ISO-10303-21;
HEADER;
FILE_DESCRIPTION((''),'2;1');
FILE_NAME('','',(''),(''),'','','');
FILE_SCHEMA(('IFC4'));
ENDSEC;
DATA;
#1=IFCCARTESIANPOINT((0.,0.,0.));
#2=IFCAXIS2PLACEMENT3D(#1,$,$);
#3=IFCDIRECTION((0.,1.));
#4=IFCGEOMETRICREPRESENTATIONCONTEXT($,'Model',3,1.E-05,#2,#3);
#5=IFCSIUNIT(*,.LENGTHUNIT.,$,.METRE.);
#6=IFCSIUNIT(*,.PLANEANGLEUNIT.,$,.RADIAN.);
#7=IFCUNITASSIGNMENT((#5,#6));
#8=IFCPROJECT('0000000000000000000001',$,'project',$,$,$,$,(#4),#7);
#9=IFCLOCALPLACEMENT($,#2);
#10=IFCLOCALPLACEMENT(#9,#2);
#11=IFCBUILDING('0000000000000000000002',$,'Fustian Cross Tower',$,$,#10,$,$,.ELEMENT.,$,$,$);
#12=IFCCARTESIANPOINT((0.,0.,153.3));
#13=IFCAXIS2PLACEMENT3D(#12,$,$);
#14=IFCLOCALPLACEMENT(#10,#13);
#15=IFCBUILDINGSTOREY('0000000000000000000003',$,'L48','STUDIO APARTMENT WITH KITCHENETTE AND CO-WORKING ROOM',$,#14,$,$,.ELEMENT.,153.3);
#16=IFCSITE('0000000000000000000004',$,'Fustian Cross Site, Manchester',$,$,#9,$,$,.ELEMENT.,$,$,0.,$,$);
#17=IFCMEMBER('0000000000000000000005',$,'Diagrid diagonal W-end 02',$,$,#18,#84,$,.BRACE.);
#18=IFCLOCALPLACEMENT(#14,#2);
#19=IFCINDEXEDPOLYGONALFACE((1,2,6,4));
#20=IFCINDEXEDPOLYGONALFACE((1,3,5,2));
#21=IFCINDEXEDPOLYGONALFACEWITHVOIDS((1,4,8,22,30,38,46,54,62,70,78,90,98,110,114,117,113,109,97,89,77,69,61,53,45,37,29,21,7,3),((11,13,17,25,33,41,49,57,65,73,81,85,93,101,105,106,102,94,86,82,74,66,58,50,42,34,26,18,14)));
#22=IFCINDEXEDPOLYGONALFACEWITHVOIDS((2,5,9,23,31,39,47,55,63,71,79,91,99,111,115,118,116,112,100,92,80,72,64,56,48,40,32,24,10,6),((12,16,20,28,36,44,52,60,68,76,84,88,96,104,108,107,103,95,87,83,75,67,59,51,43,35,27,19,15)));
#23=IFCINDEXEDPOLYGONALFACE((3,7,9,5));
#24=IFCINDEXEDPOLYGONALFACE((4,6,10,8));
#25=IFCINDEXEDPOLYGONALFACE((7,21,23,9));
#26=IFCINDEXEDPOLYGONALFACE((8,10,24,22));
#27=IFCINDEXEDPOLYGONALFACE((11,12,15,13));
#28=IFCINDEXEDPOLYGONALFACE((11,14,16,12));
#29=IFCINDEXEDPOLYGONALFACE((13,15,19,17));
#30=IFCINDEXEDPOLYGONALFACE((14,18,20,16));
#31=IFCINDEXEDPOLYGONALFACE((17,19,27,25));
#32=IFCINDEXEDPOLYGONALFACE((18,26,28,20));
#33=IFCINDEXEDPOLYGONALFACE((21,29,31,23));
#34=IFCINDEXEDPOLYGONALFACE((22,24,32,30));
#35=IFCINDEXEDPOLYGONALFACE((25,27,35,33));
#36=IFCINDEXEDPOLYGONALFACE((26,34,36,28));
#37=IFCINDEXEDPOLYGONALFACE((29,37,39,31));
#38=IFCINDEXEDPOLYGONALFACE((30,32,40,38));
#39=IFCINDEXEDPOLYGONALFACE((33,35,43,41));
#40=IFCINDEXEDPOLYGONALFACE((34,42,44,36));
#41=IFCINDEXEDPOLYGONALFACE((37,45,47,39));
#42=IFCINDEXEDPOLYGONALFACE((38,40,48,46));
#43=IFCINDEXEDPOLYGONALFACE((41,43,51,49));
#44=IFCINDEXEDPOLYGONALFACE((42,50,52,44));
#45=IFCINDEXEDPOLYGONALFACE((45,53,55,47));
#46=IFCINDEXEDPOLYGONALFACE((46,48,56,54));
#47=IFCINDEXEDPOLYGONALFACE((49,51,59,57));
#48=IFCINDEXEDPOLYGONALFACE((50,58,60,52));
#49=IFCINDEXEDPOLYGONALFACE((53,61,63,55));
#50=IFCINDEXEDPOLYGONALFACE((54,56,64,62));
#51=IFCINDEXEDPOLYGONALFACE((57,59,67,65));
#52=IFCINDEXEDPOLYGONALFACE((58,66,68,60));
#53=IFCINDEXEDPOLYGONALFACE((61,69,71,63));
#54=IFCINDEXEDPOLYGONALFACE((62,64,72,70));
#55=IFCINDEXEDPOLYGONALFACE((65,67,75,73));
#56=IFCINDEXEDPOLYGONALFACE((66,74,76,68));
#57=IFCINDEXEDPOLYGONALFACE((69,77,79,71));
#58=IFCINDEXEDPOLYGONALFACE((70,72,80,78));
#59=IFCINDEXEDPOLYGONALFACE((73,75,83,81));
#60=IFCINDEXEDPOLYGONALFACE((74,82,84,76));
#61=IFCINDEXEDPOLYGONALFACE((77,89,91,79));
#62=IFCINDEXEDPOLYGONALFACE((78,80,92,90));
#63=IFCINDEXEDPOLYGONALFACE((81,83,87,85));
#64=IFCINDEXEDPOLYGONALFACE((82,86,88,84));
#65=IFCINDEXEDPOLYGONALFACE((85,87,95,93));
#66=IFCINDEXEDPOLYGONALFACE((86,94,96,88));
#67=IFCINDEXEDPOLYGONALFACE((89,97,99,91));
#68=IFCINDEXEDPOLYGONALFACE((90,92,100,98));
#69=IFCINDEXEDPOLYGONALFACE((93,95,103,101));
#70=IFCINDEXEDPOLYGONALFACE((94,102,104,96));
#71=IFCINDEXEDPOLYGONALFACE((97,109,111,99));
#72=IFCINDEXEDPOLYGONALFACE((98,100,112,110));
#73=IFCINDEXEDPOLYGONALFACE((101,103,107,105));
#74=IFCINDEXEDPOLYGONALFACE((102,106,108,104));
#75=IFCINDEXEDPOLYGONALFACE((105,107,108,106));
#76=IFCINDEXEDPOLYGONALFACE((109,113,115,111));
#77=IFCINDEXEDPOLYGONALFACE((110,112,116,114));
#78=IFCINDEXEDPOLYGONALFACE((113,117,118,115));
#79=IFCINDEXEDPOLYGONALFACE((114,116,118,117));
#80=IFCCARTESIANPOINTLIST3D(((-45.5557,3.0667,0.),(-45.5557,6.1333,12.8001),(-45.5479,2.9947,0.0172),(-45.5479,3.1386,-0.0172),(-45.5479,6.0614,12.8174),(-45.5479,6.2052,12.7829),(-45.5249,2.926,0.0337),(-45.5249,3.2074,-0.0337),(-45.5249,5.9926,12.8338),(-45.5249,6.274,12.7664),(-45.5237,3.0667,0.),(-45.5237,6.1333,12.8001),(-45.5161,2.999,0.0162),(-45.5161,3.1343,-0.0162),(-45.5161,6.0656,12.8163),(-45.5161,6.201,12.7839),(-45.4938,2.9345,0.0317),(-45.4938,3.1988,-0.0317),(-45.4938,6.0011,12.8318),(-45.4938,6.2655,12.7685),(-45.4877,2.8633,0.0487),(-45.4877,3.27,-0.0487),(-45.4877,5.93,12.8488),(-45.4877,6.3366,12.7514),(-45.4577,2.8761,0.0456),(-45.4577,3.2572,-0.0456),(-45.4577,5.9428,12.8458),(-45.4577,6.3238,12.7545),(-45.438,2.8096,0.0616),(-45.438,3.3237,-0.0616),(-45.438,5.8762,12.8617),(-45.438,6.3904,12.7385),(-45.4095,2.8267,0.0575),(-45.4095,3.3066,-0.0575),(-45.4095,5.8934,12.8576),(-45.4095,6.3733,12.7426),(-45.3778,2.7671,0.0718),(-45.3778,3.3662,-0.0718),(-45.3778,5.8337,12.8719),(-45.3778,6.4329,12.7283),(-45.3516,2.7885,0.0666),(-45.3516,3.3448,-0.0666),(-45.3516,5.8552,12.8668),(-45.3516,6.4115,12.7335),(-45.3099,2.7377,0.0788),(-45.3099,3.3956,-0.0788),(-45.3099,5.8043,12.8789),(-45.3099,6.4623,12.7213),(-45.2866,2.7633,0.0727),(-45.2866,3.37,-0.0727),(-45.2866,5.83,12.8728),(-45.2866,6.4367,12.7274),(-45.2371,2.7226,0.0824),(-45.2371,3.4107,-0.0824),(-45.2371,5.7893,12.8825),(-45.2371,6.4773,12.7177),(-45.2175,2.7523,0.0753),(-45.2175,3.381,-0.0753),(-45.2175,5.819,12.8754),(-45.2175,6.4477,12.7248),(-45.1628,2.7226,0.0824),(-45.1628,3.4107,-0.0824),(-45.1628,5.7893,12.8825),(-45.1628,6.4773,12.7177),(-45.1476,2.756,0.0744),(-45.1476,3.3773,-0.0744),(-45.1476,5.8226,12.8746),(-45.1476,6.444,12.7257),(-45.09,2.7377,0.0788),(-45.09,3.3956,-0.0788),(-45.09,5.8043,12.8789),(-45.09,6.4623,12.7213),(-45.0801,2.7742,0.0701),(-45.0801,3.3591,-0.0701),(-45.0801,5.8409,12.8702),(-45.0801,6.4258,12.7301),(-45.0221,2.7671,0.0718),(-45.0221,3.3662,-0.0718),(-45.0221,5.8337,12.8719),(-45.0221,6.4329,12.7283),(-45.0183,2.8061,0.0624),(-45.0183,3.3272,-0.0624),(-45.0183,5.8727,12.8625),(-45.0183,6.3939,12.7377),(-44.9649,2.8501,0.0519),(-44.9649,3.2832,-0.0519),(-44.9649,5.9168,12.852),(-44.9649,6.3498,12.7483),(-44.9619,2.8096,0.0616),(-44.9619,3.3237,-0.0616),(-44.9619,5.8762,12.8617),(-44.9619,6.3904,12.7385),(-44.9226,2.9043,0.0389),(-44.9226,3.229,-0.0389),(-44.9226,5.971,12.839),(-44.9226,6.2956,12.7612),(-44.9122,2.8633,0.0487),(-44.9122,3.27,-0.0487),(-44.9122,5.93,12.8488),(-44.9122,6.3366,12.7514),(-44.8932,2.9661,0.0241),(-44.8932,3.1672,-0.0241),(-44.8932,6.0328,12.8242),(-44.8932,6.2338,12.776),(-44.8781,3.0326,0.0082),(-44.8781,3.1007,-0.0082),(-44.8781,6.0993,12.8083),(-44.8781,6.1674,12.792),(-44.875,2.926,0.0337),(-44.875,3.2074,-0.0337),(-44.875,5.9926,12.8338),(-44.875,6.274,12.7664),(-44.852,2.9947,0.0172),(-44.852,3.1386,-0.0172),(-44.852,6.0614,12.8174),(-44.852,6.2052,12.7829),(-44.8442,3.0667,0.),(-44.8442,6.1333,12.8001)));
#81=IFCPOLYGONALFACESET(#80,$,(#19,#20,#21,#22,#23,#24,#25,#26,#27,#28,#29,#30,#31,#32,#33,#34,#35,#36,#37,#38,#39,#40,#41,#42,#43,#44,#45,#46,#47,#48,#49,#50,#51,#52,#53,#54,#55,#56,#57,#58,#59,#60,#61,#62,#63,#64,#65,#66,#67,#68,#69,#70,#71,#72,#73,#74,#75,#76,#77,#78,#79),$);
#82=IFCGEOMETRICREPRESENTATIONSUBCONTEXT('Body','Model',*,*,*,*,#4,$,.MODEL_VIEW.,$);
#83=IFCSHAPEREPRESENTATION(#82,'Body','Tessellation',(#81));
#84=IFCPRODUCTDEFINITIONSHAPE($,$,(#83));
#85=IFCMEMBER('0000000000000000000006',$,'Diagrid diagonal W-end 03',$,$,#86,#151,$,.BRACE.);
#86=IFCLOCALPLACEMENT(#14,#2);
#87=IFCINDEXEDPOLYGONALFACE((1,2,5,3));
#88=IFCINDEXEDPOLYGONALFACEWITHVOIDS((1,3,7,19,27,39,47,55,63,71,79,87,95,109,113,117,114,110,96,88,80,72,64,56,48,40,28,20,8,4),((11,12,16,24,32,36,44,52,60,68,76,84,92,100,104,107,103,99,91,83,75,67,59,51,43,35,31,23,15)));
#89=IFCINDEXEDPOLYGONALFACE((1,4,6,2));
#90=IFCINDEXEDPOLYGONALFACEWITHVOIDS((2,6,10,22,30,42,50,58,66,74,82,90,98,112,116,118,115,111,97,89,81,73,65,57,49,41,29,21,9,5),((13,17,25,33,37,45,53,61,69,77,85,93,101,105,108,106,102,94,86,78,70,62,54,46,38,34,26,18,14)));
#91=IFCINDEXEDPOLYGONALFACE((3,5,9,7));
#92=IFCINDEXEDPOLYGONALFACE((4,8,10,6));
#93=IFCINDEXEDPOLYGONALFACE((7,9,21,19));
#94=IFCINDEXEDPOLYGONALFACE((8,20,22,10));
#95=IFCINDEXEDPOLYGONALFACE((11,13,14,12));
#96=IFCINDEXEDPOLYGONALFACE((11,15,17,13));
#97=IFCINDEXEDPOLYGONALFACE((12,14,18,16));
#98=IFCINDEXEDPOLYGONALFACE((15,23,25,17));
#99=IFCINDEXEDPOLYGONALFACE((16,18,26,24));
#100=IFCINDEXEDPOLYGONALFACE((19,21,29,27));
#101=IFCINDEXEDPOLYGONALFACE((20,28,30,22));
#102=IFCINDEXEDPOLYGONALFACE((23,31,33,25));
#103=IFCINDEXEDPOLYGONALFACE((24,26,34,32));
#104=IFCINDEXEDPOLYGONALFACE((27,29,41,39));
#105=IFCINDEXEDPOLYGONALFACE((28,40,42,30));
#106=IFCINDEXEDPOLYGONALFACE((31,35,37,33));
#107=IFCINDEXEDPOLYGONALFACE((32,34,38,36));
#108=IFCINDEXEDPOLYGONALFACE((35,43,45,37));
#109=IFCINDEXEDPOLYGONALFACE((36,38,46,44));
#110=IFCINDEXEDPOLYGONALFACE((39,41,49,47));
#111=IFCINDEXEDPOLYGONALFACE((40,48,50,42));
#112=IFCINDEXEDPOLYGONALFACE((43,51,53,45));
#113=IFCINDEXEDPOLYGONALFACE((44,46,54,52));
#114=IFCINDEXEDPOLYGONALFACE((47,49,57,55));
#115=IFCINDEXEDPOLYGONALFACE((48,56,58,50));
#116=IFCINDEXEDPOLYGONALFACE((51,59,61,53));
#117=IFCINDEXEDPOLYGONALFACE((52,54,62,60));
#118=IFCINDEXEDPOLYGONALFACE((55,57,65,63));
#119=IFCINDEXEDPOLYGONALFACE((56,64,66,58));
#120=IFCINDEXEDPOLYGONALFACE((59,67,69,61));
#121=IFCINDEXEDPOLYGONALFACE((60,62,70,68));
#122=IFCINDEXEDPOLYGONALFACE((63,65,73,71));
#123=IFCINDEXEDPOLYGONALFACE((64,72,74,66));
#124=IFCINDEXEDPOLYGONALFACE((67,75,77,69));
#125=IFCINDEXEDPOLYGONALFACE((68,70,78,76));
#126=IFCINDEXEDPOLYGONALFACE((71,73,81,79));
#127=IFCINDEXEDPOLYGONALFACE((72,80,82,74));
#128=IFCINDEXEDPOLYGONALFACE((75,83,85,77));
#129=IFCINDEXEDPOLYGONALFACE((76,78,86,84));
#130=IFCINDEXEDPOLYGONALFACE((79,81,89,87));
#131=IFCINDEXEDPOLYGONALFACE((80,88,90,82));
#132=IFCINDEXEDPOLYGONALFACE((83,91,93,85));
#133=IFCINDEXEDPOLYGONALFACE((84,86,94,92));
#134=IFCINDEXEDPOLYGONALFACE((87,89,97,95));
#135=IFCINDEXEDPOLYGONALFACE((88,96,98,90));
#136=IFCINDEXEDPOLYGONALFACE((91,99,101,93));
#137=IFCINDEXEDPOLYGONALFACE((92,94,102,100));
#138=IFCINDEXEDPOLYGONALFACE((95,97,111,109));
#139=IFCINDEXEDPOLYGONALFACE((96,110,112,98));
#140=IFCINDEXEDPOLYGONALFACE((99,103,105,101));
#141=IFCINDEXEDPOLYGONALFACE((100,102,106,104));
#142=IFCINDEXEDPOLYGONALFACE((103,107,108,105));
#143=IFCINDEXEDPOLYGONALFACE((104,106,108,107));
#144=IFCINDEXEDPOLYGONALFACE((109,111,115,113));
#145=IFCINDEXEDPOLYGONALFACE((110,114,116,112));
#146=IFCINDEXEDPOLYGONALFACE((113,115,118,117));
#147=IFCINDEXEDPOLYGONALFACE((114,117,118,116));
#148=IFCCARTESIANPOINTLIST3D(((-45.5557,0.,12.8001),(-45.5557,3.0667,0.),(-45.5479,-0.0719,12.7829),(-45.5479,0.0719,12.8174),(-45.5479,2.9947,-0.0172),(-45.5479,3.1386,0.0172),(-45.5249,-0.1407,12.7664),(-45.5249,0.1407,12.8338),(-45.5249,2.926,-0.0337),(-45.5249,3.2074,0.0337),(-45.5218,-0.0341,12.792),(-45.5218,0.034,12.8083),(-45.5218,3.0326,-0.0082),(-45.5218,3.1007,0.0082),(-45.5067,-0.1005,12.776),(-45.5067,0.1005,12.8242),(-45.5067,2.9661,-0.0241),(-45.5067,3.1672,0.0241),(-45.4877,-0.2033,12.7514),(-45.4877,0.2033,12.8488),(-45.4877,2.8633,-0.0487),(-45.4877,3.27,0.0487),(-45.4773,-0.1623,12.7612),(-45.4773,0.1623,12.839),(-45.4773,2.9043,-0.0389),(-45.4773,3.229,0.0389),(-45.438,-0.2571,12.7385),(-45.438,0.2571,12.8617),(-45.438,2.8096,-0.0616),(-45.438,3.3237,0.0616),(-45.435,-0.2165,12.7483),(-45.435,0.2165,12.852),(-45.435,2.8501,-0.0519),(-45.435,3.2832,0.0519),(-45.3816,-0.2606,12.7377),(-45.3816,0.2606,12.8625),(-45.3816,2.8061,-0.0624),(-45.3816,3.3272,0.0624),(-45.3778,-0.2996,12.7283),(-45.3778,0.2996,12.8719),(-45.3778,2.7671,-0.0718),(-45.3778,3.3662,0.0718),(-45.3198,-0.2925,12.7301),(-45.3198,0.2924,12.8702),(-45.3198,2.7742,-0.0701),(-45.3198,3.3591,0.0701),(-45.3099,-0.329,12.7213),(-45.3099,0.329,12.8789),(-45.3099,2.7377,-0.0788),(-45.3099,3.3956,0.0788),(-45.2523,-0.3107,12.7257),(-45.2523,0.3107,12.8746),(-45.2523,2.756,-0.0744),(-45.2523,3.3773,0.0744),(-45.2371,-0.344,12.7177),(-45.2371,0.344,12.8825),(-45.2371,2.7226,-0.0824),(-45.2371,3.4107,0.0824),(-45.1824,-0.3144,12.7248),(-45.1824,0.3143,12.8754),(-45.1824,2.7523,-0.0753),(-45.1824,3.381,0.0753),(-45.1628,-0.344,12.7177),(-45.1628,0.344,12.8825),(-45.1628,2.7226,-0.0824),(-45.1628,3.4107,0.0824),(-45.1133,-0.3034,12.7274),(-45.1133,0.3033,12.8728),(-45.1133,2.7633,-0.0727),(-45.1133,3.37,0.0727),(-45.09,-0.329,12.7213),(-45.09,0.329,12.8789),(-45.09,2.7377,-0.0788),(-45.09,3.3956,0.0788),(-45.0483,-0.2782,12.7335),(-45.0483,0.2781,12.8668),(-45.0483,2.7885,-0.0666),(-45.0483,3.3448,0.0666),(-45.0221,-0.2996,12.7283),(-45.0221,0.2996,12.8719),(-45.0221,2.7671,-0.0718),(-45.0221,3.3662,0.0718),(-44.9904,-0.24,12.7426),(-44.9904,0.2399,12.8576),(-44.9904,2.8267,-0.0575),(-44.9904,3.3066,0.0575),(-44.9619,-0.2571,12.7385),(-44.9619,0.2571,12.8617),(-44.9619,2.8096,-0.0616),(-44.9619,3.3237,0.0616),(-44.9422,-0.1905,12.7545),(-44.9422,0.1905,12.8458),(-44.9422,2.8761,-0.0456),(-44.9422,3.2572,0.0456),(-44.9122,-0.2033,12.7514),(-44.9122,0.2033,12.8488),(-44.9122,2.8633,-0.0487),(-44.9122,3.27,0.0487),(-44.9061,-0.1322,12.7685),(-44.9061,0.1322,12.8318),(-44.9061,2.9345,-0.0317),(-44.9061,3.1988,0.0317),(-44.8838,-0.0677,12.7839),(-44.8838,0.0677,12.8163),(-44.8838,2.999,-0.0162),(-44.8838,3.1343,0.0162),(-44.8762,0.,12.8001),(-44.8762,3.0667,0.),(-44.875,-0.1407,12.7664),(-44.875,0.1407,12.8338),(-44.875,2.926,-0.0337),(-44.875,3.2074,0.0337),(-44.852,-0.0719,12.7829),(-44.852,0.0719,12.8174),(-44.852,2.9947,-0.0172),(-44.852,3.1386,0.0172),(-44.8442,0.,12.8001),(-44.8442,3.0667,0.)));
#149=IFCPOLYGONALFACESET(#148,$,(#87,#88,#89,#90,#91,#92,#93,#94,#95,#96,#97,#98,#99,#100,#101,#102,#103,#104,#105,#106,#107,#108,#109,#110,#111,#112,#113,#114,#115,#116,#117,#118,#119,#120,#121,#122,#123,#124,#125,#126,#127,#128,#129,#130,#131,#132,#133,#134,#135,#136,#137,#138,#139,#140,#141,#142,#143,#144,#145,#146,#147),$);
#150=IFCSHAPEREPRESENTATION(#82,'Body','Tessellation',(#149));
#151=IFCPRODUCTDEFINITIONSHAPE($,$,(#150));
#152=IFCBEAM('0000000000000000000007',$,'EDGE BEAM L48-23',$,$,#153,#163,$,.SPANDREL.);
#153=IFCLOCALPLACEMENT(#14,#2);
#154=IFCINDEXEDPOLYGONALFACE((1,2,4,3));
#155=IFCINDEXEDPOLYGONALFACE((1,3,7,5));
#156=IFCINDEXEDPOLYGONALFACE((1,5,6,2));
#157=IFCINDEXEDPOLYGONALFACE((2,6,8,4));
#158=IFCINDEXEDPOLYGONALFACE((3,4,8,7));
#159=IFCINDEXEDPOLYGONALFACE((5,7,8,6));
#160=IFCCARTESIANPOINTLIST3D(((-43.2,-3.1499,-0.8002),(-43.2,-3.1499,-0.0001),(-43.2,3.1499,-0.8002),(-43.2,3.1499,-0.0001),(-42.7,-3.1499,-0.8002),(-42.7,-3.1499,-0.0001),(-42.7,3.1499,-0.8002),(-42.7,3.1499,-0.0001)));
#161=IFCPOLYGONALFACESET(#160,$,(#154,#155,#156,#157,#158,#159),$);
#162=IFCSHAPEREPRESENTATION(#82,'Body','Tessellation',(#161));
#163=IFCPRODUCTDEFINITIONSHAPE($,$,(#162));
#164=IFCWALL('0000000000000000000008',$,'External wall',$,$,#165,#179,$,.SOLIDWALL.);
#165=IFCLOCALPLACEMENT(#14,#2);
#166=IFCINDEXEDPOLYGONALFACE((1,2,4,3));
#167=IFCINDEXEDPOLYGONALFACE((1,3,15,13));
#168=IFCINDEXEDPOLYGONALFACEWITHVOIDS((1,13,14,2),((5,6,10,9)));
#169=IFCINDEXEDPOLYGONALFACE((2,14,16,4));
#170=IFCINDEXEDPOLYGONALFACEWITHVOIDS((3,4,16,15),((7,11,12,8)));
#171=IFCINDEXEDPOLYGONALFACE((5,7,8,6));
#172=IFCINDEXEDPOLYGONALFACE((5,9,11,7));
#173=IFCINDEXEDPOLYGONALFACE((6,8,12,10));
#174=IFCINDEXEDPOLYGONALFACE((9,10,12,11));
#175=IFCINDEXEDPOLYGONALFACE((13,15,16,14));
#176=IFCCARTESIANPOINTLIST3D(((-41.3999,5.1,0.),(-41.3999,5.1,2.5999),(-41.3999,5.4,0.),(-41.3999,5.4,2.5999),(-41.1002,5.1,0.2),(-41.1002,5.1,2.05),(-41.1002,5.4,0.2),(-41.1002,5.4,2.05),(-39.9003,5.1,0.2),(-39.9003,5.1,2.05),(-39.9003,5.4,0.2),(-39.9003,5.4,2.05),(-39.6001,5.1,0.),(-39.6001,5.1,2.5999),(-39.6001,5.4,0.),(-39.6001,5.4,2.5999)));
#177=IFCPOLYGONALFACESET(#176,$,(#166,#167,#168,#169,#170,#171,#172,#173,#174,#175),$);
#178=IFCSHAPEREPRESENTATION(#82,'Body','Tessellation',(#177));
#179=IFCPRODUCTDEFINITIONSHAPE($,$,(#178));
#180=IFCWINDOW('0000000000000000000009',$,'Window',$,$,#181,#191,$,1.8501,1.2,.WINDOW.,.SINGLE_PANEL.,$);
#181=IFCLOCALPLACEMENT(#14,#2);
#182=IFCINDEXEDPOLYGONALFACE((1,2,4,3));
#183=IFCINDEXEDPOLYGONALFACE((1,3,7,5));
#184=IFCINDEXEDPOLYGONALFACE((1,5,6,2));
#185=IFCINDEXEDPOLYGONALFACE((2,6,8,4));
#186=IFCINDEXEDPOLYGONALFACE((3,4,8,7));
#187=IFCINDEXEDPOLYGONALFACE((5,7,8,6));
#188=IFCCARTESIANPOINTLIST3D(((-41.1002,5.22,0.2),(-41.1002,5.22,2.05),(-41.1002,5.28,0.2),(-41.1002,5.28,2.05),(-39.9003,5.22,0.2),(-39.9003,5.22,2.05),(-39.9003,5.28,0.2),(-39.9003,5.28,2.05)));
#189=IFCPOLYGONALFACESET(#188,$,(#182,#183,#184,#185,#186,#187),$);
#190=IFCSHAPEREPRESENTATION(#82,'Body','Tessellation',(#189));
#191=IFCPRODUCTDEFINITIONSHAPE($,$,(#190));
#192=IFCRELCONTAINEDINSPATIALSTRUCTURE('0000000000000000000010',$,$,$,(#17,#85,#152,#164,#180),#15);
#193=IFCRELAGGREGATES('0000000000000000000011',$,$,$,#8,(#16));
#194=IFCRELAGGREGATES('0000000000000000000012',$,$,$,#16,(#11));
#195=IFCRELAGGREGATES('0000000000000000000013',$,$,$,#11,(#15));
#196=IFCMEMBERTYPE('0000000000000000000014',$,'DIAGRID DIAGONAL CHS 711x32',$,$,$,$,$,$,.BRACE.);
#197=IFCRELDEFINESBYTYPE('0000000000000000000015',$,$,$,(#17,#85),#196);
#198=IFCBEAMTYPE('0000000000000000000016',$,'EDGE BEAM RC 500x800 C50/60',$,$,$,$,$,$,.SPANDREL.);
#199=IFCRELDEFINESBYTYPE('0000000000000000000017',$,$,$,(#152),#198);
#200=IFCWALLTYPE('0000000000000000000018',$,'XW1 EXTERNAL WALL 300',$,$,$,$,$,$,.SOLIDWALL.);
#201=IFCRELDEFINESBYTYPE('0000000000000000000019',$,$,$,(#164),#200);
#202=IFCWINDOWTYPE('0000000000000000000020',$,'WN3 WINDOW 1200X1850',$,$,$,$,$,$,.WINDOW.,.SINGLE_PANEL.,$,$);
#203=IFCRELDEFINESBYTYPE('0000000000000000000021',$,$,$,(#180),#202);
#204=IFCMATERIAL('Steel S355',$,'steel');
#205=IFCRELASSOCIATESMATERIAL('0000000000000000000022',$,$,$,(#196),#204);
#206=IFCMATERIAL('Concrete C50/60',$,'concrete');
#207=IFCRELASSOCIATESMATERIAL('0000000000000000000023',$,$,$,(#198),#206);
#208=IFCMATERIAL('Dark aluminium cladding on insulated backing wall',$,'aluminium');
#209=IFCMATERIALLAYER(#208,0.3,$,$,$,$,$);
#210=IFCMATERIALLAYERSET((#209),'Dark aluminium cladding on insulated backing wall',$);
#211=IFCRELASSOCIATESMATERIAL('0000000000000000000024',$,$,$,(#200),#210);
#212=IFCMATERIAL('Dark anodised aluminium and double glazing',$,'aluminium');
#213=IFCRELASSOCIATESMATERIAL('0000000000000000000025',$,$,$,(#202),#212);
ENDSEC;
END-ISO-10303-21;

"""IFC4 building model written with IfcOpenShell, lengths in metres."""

from ifc_helpers import new_model, si_unit, direction, frame, frame_2d, origin, origin_2d, place, context, subcontext, project, spatial, rectangle, hollow_circle, extrude, material, layer, layer_set, material_profile, profile_set, type_object, element, fill, save


model = new_model("IFC4")

# Units and contexts
model_context = context("Model", 3, precision=1e-05, world=origin(), true_north=direction((0.0, 1.0)))
body_context = subcontext(model_context, "Body", "Model", "MODEL_VIEW")
ifc_project = project(units=[si_unit("LENGTHUNIT", "METRE"), si_unit("PLANEANGLEUNIT", "RADIAN")], contexts=[model_context])

# Site, building, storey
site_placement = place(None, origin())
site = spatial("IfcSite", under=ifc_project, at=site_placement, Name="Fustian Cross Site, Manchester", CompositionType="ELEMENT", RefElevation=0.0)
building_placement = place(site_placement, origin())
building = spatial("IfcBuilding", under=site, at=building_placement, Name="Fustian Cross Tower", CompositionType="ELEMENT")
storey_placement = place(building_placement, frame((0.0, 0.0, 153.3)))
storey = spatial("IfcBuildingStorey", under=building, at=storey_placement, Name="L48", Description="STUDIO APARTMENT WITH KITCHENETTE AND CO-WORKING ROOM", CompositionType="ELEMENT", Elevation=153.3)

# Members
ifc_material_1 = material(Name="Steel S355", Category="steel")
ifc_material_profile_1 = material_profile(ifc_material_1, hollow_circle(Radius=0.3557, WallThickness=0.032, at=origin_2d()), Name="CHS 711x32")
ifc_profile_set_1 = profile_set([ifc_material_profile_1], Name="Steel S355")
member_type = type_object("IfcMemberType", Name="DIAGRID DIAGONAL CHS 711x32", PredefinedType="BRACE", material=ifc_profile_set_1)
for number, where, z_axis, x_axis, name in (
    (1, (-45.2, 3.0667, 0.0), (0.0, 0.232988, 0.97248), (-1.0, 0.0, 0.0), "Diagrid diagonal W-end 02"),
    (2, (-45.2, 3.0667, 0.0), (0.0, -0.232988, 0.97248), (1.0, 0.0, 0.0), "Diagrid diagonal W-end 03"),
):
    element("IfcMember", number, at=place(storey_placement, frame(where, z_axis=z_axis, x_axis=x_axis)), inside=storey, type_object=member_type, Name=name, PredefinedType="BRACE", context=body_context, shape_type="SweptSolid", body=[
        extrude(hollow_circle(Radius=0.3557, WallThickness=0.032, at=origin_2d()), origin(), (0.0, 0.0, 1.0), 13.1624),
    ])

# Beam
ifc_material_2 = material(Name="Concrete C50/60", Category="concrete")
ifc_material_profile_2 = material_profile(ifc_material_2, rectangle(XDim=0.5, YDim=0.8, at=origin_2d()), Name="RC 500x800")
ifc_profile_set_2 = profile_set([ifc_material_profile_2], Name="Concrete C50/60")
beam_type = type_object("IfcBeamType", Name="EDGE BEAM RC 500x800 C50/60", PredefinedType="SPANDREL", material=ifc_profile_set_2)
beam_placement = place(storey_placement, frame((-42.95, 3.1499, -0.4001), z_axis=(0.0, -1.0, 0.0), x_axis=(1.0, 0.0, 0.0)))
element("IfcBeam", 3, at=beam_placement, inside=storey, type_object=beam_type, Name="EDGE BEAM L48-23", PredefinedType="SPANDREL", context=body_context, shape_type="SweptSolid", body=[
    extrude(rectangle(XDim=0.5, YDim=0.8, at=origin_2d()), origin(), (0.0, 0.0, 1.0), 6.2998),
])

# Wall, opening, window
ifc_material_3 = material(Name="Dark aluminium cladding on insulated backing wall", Category="aluminium")
ifc_layer = layer(ifc_material_3, 0.3)
ifc_layer_set = layer_set([ifc_layer], Name="Dark aluminium cladding on insulated backing wall")
wall_type = type_object("IfcWallType", Name="XW1 EXTERNAL WALL 300", PredefinedType="SOLIDWALL", material=ifc_layer_set)
wall_1_placement = place(storey_placement, frame((-39.6001, 5.25, 0.0), z_axis=(0.0, 0.0, 1.0), x_axis=(-1.0, 0.0, 0.0)))
wall_1 = element("IfcWall", 4, at=wall_1_placement, inside=storey, type_object=wall_type, Name="External wall", PredefinedType="SOLIDWALL", context=body_context, shape_type="SweptSolid", body=[
    extrude(rectangle(XDim=1.7998, YDim=0.3, at=frame_2d((0.8999, 0.0))), origin(), (0.0, 0.0, 1.0), 2.5999),
])
opening_1_placement = place(wall_1_placement, frame((0.3, 0.0, 0.2)))
opening_1 = element("IfcOpeningElement", 5, at=opening_1_placement, cuts=wall_1, PredefinedType="OPENING", context=body_context, shape_type="SweptSolid", body=[
    extrude(rectangle(XDim=1.2, YDim=1.8501, at=frame_2d((0.6001, 0.925))), frame((0.0, 0.1599, 0.0), z_axis=(0.0, -1.0, 0.0), x_axis=(1.0, 0.0, 0.0)), (0.0, 0.0, 1.0), 0.3201),
])
ifc_material_4 = material(Name="Dark anodised aluminium and double glazing", Category="aluminium")
window_type_1 = type_object("IfcWindowType", Name="WN3 WINDOW 1200X1850", PartitioningType="SINGLE_PANEL", PredefinedType="WINDOW", material=ifc_material_4)
window_1_placement = place(opening_1_placement, origin())
window_1 = element("IfcWindow", 6, at=window_1_placement, inside=storey, type_object=window_type_1, Name="Window", OverallHeight=1.8501, OverallWidth=1.2, PartitioningType="SINGLE_PANEL", PredefinedType="WINDOW", context=body_context, shape_type="SweptSolid", body=[
    extrude(rectangle(XDim=1.2, YDim=1.8501, at=frame_2d((0.6001, 0.925))), frame((0.0, 0.03, 0.0), z_axis=(0.0, -1.0, 0.0), x_axis=(1.0, 0.0, 0.0)), (0.0, 0.0, 1.0), 0.0601),
])
fill(opening_1, window_1)

save(model, "model.ifc")
